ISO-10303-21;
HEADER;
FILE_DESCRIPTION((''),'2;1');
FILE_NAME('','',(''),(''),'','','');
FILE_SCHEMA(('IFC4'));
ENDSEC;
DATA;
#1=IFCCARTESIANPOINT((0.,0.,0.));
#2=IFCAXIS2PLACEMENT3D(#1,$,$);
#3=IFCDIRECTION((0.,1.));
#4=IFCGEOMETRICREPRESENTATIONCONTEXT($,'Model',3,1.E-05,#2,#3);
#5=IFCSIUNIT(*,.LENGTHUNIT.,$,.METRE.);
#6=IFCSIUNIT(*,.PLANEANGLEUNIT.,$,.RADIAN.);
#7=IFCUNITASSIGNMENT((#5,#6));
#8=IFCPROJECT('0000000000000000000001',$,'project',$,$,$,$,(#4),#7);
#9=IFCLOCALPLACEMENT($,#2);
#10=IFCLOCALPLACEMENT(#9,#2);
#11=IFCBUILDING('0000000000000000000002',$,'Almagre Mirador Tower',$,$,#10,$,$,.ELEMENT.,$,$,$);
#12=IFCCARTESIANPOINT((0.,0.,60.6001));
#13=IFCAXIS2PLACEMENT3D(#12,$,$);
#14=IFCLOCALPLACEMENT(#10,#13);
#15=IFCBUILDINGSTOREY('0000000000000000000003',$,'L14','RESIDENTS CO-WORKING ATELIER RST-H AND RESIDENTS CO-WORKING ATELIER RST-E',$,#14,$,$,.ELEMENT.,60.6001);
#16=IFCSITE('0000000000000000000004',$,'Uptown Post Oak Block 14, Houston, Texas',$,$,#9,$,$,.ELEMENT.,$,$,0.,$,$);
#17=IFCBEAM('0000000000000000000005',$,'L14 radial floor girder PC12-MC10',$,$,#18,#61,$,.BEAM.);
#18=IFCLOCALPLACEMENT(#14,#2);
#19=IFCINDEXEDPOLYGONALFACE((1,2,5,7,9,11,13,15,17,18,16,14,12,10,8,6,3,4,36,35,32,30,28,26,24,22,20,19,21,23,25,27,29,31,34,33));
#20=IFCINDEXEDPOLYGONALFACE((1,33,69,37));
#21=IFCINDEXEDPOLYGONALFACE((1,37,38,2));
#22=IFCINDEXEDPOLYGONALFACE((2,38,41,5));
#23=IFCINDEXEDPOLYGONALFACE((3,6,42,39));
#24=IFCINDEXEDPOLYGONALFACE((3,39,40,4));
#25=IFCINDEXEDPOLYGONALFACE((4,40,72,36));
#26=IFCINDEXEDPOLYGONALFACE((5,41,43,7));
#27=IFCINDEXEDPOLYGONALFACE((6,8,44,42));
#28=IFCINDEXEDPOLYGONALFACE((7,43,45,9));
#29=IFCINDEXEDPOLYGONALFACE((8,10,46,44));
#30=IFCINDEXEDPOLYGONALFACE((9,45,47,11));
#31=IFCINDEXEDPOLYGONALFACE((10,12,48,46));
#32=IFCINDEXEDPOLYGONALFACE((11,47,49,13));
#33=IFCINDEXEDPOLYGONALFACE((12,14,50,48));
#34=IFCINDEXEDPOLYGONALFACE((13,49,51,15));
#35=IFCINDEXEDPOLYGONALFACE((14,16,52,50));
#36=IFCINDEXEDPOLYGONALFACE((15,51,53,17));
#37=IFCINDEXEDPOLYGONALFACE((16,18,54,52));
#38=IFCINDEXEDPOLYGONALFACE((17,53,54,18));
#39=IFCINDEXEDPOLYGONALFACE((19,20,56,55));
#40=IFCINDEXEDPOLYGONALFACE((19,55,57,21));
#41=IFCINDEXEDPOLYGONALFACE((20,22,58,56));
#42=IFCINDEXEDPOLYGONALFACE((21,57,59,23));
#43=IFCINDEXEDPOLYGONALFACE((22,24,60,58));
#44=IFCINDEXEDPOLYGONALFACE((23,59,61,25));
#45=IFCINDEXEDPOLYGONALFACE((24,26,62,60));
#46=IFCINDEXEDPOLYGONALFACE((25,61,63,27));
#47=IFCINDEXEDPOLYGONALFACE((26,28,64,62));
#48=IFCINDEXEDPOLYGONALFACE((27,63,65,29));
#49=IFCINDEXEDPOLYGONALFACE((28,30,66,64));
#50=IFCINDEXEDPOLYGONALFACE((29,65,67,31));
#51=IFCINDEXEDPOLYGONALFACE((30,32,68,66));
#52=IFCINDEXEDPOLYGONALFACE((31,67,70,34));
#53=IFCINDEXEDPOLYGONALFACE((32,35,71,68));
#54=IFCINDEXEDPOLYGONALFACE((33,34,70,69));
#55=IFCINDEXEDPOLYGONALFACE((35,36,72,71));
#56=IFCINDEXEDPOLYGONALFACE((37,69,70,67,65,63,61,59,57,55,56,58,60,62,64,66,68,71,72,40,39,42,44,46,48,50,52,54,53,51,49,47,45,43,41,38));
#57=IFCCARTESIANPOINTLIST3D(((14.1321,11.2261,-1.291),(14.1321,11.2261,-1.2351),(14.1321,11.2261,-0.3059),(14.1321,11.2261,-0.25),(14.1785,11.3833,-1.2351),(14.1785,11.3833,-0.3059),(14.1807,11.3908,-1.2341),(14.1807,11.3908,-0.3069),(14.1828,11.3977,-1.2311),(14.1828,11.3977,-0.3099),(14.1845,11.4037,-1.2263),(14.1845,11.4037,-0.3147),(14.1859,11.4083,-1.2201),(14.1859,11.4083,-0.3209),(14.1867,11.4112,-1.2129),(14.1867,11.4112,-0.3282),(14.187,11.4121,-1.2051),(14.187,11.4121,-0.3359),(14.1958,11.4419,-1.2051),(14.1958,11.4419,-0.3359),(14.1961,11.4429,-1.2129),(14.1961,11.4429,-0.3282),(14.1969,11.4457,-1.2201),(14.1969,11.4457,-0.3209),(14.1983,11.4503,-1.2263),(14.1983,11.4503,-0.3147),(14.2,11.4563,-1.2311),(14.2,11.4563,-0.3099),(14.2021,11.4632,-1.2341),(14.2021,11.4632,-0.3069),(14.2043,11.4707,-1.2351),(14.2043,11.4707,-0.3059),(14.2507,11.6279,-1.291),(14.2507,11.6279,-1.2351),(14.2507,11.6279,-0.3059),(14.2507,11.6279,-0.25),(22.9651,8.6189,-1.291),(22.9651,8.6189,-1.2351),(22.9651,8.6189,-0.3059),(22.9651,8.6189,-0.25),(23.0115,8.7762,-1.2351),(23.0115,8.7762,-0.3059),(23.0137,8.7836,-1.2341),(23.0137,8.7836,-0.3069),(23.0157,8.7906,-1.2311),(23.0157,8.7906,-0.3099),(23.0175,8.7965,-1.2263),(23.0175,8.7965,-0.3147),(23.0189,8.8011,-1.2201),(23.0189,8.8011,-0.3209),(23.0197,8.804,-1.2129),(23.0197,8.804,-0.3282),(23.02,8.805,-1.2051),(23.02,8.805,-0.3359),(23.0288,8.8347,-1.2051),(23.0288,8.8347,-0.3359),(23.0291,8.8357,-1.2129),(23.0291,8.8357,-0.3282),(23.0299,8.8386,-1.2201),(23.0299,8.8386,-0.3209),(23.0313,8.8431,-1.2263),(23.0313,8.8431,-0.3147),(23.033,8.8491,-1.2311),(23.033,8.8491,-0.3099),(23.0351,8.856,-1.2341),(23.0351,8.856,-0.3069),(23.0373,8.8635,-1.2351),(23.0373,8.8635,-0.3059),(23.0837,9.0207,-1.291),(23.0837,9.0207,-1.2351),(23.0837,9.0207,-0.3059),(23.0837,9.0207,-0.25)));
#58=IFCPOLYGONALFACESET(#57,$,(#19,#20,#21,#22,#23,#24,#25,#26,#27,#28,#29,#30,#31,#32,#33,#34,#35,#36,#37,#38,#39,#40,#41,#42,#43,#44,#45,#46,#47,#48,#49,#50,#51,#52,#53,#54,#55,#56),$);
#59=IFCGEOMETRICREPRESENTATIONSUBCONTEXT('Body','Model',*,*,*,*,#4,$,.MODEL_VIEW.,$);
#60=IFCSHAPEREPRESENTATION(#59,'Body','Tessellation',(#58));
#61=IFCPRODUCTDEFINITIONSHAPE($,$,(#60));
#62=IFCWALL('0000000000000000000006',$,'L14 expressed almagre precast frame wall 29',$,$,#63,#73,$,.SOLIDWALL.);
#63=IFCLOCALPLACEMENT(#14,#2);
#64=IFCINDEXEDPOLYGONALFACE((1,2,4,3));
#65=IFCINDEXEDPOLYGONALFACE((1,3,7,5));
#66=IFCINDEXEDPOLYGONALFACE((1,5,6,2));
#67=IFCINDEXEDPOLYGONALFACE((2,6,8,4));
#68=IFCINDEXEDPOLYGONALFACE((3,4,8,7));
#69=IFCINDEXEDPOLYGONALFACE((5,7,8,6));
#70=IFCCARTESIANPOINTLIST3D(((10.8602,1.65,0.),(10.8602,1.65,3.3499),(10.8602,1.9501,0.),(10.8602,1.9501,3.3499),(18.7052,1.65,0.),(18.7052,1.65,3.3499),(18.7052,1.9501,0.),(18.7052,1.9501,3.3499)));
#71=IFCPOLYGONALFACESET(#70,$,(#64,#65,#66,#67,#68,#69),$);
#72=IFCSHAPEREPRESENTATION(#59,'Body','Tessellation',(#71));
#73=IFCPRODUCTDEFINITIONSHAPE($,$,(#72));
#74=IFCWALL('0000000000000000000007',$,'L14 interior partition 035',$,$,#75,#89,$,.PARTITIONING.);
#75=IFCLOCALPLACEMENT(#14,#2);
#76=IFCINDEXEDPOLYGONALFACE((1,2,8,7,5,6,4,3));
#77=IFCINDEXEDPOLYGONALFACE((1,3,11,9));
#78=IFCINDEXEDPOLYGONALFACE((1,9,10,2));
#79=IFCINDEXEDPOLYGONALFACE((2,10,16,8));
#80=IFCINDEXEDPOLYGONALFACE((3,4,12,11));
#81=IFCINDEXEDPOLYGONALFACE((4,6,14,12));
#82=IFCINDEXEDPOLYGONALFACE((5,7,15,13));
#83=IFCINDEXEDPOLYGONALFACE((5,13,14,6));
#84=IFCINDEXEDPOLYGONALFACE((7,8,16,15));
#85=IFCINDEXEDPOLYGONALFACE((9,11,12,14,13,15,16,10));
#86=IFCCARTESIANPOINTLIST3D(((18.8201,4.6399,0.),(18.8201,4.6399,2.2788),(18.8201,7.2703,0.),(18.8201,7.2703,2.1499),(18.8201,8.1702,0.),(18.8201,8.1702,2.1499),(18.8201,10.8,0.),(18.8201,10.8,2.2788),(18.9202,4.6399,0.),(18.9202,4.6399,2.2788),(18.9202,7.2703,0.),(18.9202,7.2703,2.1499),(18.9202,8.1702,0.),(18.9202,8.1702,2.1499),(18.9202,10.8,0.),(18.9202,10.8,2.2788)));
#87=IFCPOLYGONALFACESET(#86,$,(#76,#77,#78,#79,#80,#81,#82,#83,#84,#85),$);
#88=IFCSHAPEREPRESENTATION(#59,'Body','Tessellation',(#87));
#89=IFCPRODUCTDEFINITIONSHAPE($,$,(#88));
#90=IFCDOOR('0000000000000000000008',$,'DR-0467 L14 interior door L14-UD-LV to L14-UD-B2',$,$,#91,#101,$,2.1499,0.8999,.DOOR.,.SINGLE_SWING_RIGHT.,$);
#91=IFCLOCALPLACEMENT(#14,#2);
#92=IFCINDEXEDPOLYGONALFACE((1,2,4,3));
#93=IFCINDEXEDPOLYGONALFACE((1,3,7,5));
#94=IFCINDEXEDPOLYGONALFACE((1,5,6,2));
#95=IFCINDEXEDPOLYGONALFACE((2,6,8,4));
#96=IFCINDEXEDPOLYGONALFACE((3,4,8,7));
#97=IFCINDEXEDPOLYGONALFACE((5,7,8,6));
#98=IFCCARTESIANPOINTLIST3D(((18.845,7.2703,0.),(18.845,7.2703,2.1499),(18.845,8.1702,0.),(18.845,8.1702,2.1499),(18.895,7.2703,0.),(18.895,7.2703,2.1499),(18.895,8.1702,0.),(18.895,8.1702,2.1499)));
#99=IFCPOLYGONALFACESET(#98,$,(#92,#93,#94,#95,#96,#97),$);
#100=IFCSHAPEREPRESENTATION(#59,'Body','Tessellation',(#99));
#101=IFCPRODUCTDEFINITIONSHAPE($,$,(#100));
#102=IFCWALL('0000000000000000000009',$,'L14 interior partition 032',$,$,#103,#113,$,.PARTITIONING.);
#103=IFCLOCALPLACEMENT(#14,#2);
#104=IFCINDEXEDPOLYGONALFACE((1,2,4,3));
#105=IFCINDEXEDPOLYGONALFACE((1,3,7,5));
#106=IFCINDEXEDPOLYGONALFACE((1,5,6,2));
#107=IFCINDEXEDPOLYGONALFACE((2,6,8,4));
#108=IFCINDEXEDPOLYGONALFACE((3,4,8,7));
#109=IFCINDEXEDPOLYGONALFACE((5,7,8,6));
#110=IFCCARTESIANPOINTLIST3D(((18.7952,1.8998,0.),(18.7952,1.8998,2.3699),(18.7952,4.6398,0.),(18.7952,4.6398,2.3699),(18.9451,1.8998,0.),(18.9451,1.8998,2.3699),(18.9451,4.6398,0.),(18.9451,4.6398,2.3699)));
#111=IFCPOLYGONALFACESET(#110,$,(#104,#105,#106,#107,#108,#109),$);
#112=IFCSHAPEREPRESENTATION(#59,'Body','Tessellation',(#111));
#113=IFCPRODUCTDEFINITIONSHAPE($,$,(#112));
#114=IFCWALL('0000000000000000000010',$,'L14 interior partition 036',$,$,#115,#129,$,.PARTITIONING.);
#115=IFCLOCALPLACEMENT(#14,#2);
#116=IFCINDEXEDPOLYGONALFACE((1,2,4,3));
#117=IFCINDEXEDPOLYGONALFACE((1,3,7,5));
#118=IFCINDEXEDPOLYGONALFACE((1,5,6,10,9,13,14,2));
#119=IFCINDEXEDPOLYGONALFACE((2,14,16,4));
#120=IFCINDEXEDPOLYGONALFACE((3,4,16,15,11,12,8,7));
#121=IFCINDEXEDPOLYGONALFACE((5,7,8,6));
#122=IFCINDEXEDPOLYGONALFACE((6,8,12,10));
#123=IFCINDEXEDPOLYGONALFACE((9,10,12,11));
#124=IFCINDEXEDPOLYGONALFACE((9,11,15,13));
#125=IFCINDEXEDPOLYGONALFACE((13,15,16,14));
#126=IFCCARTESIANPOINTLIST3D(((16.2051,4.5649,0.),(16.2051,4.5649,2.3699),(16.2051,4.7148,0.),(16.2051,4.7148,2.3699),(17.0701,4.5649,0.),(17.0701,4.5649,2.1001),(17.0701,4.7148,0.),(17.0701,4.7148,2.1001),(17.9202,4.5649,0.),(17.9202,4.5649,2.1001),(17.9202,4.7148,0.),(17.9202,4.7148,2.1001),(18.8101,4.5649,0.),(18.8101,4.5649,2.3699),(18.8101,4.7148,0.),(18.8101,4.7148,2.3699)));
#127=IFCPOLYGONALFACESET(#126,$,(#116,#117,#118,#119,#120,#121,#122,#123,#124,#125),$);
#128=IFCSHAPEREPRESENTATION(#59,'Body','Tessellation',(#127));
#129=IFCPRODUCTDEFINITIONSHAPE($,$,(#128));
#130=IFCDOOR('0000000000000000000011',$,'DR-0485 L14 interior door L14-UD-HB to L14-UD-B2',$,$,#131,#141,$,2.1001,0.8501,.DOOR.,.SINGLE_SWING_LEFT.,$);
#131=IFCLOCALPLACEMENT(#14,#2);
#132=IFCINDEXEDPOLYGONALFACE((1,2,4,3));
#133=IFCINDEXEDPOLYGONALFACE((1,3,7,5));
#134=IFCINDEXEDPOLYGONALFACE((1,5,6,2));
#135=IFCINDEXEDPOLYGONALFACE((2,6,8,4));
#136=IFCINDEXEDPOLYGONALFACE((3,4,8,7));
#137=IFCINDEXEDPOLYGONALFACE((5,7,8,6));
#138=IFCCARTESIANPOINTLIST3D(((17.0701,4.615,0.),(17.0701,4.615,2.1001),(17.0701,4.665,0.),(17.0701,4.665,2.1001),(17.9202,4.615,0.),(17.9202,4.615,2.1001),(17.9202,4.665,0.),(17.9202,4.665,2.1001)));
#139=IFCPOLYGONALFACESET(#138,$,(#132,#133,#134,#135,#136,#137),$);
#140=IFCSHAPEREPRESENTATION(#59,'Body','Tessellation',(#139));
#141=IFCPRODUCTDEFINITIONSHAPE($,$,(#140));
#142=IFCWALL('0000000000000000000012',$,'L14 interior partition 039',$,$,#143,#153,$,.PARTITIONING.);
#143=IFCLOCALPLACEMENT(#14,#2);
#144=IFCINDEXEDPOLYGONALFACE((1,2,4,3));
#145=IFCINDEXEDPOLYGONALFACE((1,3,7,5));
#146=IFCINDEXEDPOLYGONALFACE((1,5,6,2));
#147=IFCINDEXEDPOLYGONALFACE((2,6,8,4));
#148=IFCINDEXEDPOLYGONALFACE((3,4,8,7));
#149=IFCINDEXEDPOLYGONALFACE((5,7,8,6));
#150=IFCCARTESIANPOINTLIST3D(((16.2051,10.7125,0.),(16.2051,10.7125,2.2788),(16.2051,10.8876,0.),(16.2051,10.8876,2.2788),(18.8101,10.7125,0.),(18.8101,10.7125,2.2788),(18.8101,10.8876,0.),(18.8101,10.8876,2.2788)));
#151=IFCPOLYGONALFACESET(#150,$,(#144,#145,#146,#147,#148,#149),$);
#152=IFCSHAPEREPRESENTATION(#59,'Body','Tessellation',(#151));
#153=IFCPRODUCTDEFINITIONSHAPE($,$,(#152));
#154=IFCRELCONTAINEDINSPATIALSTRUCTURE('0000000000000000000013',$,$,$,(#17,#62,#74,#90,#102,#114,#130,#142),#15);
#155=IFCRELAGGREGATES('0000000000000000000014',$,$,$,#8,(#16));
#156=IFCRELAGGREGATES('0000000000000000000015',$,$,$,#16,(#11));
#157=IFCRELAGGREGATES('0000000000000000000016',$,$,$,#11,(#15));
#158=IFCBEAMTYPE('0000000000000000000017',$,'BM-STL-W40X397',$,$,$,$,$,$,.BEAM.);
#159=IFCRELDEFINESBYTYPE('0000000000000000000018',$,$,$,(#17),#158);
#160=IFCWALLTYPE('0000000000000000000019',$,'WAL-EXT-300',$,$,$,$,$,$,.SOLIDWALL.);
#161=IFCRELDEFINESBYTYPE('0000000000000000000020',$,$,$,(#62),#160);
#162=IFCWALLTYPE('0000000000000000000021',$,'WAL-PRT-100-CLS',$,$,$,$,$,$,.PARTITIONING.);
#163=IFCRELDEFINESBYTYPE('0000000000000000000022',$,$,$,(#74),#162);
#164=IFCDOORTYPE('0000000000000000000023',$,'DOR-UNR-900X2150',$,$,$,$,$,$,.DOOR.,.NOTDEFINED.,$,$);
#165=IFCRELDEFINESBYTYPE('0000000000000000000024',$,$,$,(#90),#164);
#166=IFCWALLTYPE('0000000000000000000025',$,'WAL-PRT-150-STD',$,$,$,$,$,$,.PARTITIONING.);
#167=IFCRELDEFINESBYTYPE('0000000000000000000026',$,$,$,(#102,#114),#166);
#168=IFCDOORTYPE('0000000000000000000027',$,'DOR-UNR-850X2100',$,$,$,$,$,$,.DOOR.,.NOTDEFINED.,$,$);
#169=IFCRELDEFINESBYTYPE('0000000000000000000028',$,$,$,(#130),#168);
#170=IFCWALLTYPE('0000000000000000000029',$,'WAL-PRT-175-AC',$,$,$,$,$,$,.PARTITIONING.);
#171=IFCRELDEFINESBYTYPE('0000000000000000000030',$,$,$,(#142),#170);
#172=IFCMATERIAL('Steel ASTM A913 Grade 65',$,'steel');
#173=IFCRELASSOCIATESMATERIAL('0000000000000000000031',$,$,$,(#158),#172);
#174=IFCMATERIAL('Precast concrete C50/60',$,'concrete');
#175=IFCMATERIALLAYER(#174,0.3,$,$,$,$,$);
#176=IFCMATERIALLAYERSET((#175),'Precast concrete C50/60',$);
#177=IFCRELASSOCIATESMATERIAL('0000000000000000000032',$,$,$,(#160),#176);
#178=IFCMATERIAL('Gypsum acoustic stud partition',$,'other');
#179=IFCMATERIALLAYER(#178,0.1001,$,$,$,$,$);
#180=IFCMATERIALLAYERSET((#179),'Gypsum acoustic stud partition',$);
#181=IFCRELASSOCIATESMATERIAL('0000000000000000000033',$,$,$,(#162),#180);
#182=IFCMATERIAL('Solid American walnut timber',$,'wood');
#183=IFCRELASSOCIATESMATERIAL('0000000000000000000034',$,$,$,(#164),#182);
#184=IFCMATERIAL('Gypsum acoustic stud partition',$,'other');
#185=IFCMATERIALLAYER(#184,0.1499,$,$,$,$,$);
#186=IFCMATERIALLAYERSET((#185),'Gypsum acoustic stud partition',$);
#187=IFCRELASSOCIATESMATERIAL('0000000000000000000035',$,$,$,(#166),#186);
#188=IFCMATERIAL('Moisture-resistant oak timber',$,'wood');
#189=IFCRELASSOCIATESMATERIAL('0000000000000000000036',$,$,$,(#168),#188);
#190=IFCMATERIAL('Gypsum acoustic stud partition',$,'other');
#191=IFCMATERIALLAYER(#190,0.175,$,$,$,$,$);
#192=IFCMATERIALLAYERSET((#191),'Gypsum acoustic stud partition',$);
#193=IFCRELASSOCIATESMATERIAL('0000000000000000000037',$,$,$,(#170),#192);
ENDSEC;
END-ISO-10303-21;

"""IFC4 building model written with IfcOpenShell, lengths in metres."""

from ifc_helpers import new_model, si_unit, direction, frame, frame_2d, origin, origin_2d, place, context, subcontext, project, spatial, rectangle, i_section, extrude, material, layer, layer_set, material_profile, profile_set, type_object, element, fill, save


model = new_model("IFC4")

# Units and contexts
model_context = context("Model", 3, precision=1e-05, world=origin(), true_north=direction((0.0, 1.0)))
body_context = subcontext(model_context, "Body", "Model", "MODEL_VIEW")
ifc_project = project(units=[si_unit("LENGTHUNIT", "METRE"), si_unit("PLANEANGLEUNIT", "RADIAN")], contexts=[model_context])

# Site, building, storey
site_placement = place(None, origin())
site = spatial("IfcSite", under=ifc_project, at=site_placement, Name="Uptown Post Oak Block 14, Houston, Texas", CompositionType="ELEMENT", RefElevation=0.0)
building_placement = place(site_placement, origin())
building = spatial("IfcBuilding", under=site, at=building_placement, Name="Almagre Mirador Tower", CompositionType="ELEMENT")
storey_placement = place(building_placement, frame((0.0, 0.0, 60.6001)))
storey = spatial("IfcBuildingStorey", under=building, at=storey_placement, Name="L14", Description="RESIDENTS CO-WORKING ATELIER RST-H AND RESIDENTS CO-WORKING ATELIER RST-E", CompositionType="ELEMENT", Elevation=60.6001)

# Beam
ifc_material_1 = material(Name="Steel ASTM A913 Grade 65", Category="steel")
ifc_material_profile_1 = material_profile(ifc_material_1, i_section(OverallWidth=0.4189, OverallDepth=1.041, WebThickness=0.031, FlangeThickness=0.0559, FilletRadius=0.03, at=origin_2d()), Name="W40X397")
ifc_profile_set_1 = profile_set([ifc_material_profile_1], Name="Steel ASTM A913 Grade 65")
beam_type_1 = type_object("IfcBeamType", Name="BM-STL-W40X397", PredefinedType="BEAM", material=ifc_profile_set_1)
beam_1_placement = place(storey_placement, frame((14.1914, 11.427, -0.7705), z_axis=(0.959094, -0.283089, 0.0), x_axis=(0.283089, 0.959094, 0.0)))
element("IfcBeam", 1, at=beam_1_placement, inside=storey, type_object=beam_type_1, Name="L14 radial floor girder PC12-MC10", PredefinedType="BEAM", context=body_context, shape_type="SweptSolid", body=[
    extrude(i_section(OverallWidth=0.4189, OverallDepth=1.041, WebThickness=0.031, FlangeThickness=0.0559, FilletRadius=0.03, at=origin_2d()), origin(), (0.0, 0.0, 1.0), 9.2097),
])

# Wall
ifc_material_2 = material(Name="Precast concrete C50/60", Category="concrete")
ifc_layer_1 = layer(ifc_material_2, 0.3)
ifc_layer_set_1 = layer_set([ifc_layer_1], Name="Precast concrete C50/60")
wall_type_1 = type_object("IfcWallType", Name="WAL-EXT-300", PredefinedType="SOLIDWALL", material=ifc_layer_set_1)
wall_1_placement = place(storey_placement, frame((18.7051, 1.8, 0.0), z_axis=(0.0, 0.0, 1.0), x_axis=(-1.0, 0.0, 0.0)))
element("IfcWall", 2, at=wall_1_placement, inside=storey, type_object=wall_type_1, Name="L14 expressed almagre precast frame wall 29", PredefinedType="SOLIDWALL", context=body_context, shape_type="SweptSolid", body=[
    extrude(rectangle(XDim=7.845, YDim=0.3, at=frame_2d((3.9224, 0.0))), origin(), (0.0, 0.0, 1.0), 3.3499),
])

# Wall, opening, door
ifc_material_3 = material(Name="Gypsum acoustic stud partition", Category="other")
ifc_layer_2 = layer(ifc_material_3, 0.1001)
ifc_layer_set_2 = layer_set([ifc_layer_2], Name="Gypsum acoustic stud partition")
wall_type_2 = type_object("IfcWallType", Name="WAL-PRT-100-CLS", PredefinedType="PARTITIONING", material=ifc_layer_set_2)
wall_2_placement = place(storey_placement, frame((18.8701, 10.8, 0.0), z_axis=(0.0, 0.0, 1.0), x_axis=(0.0, -1.0, 0.0)))
wall_2 = element("IfcWall", 3, at=wall_2_placement, inside=storey, type_object=wall_type_2, Name="L14 interior partition 035", PredefinedType="PARTITIONING", context=body_context, shape_type="SweptSolid", body=[
    extrude(rectangle(XDim=6.1602, YDim=0.1001, at=frame_2d((3.0801, 0.0))), origin(), (0.0, 0.0, 1.0), 2.2788),
])
opening_1_placement = place(wall_2_placement, frame((2.6299, 0.0, 0.0)))
opening_1 = element("IfcOpeningElement", 4, at=opening_1_placement, cuts=wall_2, PredefinedType="OPENING", context=body_context, shape_type="SweptSolid", body=[
    extrude(rectangle(XDim=0.8999, YDim=2.1499, at=frame_2d((0.45, 1.075))), frame((0.0, 0.06, 0.0), z_axis=(0.0, -1.0, 0.0), x_axis=(1.0, 0.0, 0.0)), (0.0, 0.0, 1.0), 0.1201),
])
ifc_material_4 = material(Name="Solid American walnut timber", Category="wood")
door_type_1 = type_object("IfcDoorType", Name="DOR-UNR-900X2150", OperationType="NOTDEFINED", PredefinedType="DOOR", material=ifc_material_4)
door_1_placement = place(opening_1_placement, origin())
door_1 = element("IfcDoor", 5, at=door_1_placement, inside=storey, type_object=door_type_1, Name="DR-0467 L14 interior door L14-UD-LV to L14-UD-B2", OperationType="SINGLE_SWING_RIGHT", OverallHeight=2.1499, OverallWidth=0.8999, PredefinedType="DOOR", context=body_context, shape_type="SweptSolid", body=[
    extrude(rectangle(XDim=0.8999, YDim=2.1499, at=frame_2d((0.45, 1.075))), frame((0.0, 0.0249, 0.0), z_axis=(0.0, -1.0, 0.0), x_axis=(1.0, 0.0, 0.0)), (0.0, 0.0, 1.0), 0.05),
])
fill(opening_1, door_1)

# Wall
ifc_material_5 = material(Name="Gypsum acoustic stud partition", Category="other")
ifc_layer_3 = layer(ifc_material_5, 0.1499)
ifc_layer_set_3 = layer_set([ifc_layer_3], Name="Gypsum acoustic stud partition")
wall_type_3 = type_object("IfcWallType", Name="WAL-PRT-150-STD", PredefinedType="PARTITIONING", material=ifc_layer_set_3)
wall_3_placement = place(storey_placement, frame((18.8701, 4.6399, 0.0), z_axis=(0.0, 0.0, 1.0), x_axis=(0.0, -1.0, 0.0)))
element("IfcWall", 6, at=wall_3_placement, inside=storey, type_object=wall_type_3, Name="L14 interior partition 032", PredefinedType="PARTITIONING", context=body_context, shape_type="SweptSolid", body=[
    extrude(rectangle(XDim=2.74, YDim=0.1499, at=frame_2d((1.3701, 0.0))), origin(), (0.0, 0.0, 1.0), 2.3699),
])

# Wall, opening, door
wall_4_placement = place(storey_placement, frame((18.8101, 4.6399, 0.0), z_axis=(0.0, 0.0, 1.0), x_axis=(-1.0, 0.0, 0.0)))
wall_4 = element("IfcWall", 7, at=wall_4_placement, inside=storey, type_object=wall_type_3, Name="L14 interior partition 036", PredefinedType="PARTITIONING", context=body_context, shape_type="SweptSolid", body=[
    extrude(rectangle(XDim=2.605, YDim=0.1499, at=frame_2d((1.3025, 0.0))), origin(), (0.0, 0.0, 1.0), 2.3699),
])
opening_2_placement = place(wall_4_placement, frame((0.8899, 0.0, 0.0)))
opening_2 = element("IfcOpeningElement", 8, at=opening_2_placement, cuts=wall_4, PredefinedType="OPENING", context=body_context, shape_type="SweptSolid", body=[
    extrude(rectangle(XDim=0.8501, YDim=2.1001, at=frame_2d((0.425, 1.05))), frame((0.0, 0.085, 0.0), z_axis=(0.0, -1.0, 0.0), x_axis=(1.0, 0.0, 0.0)), (0.0, 0.0, 1.0), 0.1699),
])
ifc_material_6 = material(Name="Moisture-resistant oak timber", Category="wood")
door_type_2 = type_object("IfcDoorType", Name="DOR-UNR-850X2100", OperationType="NOTDEFINED", PredefinedType="DOOR", material=ifc_material_6)
door_2_placement = place(opening_2_placement, origin())
door_2 = element("IfcDoor", 9, at=door_2_placement, inside=storey, type_object=door_type_2, Name="DR-0485 L14 interior door L14-UD-HB to L14-UD-B2", OperationType="SINGLE_SWING_LEFT", OverallHeight=2.1001, OverallWidth=0.8501, PredefinedType="DOOR", context=body_context, shape_type="SweptSolid", body=[
    extrude(rectangle(XDim=0.8501, YDim=2.1001, at=frame_2d((0.425, 1.05))), frame((0.0, 0.0249, 0.0), z_axis=(0.0, -1.0, 0.0), x_axis=(1.0, 0.0, 0.0)), (0.0, 0.0, 1.0), 0.05),
])
fill(opening_2, door_2)

# Wall
ifc_material_7 = material(Name="Gypsum acoustic stud partition", Category="other")
ifc_layer_4 = layer(ifc_material_7, 0.175)
ifc_layer_set_4 = layer_set([ifc_layer_4], Name="Gypsum acoustic stud partition")
wall_type_4 = type_object("IfcWallType", Name="WAL-PRT-175-AC", PredefinedType="PARTITIONING", material=ifc_layer_set_4)
wall_5_placement = place(storey_placement, frame((16.2051, 10.8, 0.0), z_axis=(0.0, 0.0, 1.0), x_axis=(1.0, 0.0, 0.0)))
element("IfcWall", 10, at=wall_5_placement, inside=storey, type_object=wall_type_4, Name="L14 interior partition 039", PredefinedType="PARTITIONING", context=body_context, shape_type="SweptSolid", body=[
    extrude(rectangle(XDim=2.605, YDim=0.175, at=frame_2d((1.3025, 0.0))), origin(), (0.0, 0.0, 1.0), 2.2788),
])

save(model, "model.ifc")
